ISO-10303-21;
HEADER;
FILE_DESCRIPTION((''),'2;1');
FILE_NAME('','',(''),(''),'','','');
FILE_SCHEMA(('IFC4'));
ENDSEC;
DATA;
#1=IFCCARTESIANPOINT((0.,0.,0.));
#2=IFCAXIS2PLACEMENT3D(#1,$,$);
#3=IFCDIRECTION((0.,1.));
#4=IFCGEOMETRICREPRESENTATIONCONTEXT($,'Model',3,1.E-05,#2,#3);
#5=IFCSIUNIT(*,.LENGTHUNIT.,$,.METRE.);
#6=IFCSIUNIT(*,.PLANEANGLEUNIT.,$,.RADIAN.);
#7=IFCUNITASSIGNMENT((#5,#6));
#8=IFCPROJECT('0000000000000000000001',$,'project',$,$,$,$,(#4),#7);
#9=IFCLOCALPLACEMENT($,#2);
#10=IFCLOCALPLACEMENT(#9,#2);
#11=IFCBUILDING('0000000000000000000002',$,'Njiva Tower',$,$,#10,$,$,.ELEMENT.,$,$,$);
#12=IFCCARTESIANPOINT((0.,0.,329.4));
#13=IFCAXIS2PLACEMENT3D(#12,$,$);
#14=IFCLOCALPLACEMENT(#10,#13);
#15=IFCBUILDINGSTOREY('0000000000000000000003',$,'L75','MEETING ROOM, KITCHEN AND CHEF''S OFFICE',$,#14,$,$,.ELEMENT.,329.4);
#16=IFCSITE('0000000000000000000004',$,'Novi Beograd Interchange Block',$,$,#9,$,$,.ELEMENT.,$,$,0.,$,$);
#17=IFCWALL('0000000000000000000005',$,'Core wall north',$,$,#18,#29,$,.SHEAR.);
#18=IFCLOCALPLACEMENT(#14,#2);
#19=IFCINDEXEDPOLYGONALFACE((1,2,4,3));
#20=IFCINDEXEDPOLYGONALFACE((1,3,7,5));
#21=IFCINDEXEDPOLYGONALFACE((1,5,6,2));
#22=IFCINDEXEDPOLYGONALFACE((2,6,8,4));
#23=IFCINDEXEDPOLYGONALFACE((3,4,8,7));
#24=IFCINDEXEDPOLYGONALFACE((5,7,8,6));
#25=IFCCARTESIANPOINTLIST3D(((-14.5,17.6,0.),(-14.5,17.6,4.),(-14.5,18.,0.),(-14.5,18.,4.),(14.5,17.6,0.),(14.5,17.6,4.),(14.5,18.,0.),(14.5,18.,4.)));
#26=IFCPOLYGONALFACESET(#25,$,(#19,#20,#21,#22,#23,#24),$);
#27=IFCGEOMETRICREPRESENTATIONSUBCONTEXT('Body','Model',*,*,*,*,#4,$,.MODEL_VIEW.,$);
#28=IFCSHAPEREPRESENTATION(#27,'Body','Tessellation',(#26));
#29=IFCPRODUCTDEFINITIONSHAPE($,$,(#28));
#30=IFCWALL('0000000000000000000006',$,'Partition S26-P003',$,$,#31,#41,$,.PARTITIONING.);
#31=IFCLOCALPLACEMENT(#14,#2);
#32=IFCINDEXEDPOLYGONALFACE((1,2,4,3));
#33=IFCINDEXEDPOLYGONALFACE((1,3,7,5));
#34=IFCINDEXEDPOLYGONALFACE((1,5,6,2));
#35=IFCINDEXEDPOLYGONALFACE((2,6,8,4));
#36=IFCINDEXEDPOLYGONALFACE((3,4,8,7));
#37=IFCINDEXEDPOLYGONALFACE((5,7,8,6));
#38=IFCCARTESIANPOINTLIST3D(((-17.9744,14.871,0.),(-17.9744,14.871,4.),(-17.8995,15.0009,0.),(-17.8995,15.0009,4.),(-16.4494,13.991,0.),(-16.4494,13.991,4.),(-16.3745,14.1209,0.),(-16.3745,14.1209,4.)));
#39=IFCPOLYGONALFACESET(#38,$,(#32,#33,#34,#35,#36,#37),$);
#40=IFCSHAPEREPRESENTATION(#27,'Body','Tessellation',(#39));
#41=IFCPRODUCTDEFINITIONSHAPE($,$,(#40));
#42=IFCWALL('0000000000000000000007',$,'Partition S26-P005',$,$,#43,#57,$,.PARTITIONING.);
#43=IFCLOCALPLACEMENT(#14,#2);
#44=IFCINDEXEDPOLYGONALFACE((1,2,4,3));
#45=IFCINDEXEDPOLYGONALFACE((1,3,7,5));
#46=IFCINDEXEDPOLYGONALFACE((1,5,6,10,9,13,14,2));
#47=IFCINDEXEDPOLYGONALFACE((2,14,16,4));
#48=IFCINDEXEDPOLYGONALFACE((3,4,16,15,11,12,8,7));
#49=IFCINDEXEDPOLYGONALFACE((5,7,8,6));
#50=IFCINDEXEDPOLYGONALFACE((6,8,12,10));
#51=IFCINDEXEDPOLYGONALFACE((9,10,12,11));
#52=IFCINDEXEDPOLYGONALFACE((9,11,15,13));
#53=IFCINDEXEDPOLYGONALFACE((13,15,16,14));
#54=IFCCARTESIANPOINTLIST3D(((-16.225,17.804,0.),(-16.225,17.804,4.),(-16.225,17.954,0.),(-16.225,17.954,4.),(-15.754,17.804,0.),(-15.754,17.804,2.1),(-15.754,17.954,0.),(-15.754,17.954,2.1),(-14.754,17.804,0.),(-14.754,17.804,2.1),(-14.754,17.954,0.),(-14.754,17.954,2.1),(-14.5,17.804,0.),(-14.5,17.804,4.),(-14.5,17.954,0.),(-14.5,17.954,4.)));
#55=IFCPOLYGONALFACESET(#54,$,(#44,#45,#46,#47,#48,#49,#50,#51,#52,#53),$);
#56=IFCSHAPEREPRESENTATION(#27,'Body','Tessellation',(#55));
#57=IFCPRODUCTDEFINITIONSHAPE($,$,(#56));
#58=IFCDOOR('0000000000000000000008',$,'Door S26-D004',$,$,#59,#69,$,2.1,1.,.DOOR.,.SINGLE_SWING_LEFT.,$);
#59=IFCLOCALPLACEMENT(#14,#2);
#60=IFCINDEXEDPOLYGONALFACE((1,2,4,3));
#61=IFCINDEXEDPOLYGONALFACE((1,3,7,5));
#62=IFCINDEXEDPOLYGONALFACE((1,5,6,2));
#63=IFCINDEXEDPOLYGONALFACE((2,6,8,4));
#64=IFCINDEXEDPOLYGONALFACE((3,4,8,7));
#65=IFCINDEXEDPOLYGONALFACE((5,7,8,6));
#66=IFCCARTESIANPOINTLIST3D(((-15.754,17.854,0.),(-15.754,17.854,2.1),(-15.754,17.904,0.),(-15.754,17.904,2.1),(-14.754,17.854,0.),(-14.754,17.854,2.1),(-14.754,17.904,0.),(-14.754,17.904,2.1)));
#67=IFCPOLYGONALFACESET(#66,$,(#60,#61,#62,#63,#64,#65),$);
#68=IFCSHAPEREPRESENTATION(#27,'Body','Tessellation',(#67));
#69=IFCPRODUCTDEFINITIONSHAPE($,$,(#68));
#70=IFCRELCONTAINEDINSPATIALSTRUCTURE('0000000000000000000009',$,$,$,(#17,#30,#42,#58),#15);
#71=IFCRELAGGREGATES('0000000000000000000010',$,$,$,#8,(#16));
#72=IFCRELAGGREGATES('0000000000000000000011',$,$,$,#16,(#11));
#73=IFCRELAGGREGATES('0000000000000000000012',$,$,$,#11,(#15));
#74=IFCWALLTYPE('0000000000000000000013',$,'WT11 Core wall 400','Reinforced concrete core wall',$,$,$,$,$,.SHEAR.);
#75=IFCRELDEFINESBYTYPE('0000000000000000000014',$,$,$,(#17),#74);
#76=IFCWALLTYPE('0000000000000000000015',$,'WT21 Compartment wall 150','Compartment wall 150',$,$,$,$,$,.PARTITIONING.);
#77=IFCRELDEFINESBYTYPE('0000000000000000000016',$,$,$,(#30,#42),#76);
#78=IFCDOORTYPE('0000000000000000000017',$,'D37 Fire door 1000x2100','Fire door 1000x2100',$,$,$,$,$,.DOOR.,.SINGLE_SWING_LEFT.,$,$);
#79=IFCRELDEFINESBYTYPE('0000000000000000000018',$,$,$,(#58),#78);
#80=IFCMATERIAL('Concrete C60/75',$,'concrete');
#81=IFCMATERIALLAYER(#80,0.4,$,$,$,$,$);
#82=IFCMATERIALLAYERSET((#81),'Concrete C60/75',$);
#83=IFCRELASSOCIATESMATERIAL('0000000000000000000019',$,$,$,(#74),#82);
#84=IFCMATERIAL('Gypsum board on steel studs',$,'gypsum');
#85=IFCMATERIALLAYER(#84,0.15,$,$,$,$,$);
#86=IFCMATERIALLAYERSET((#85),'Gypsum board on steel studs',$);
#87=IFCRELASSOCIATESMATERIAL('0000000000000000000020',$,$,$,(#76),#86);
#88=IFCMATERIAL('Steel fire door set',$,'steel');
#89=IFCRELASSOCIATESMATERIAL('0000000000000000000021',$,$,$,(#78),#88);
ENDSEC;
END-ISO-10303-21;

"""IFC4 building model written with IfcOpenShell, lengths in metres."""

from ifc_helpers import new_model, si_unit, direction, frame, frame_2d, origin, place, context, subcontext, project, spatial, rectangle, extrude, material, layer, layer_set, type_object, element, fill, save


model = new_model("IFC4")

# Units and contexts
model_context = context("Model", 3, precision=1e-05, world=origin(), true_north=direction((0.0, 1.0)))
body_context = subcontext(model_context, "Body", "Model", "MODEL_VIEW")
ifc_project = project(units=[si_unit("LENGTHUNIT", "METRE"), si_unit("PLANEANGLEUNIT", "RADIAN")], contexts=[model_context])

# Site, building, storey
site_placement = place(None, origin())
site = spatial("IfcSite", under=ifc_project, at=site_placement, Name="Novi Beograd Interchange Block", CompositionType="ELEMENT", RefElevation=0.0)
building_placement = place(site_placement, origin())
building = spatial("IfcBuilding", under=site, at=building_placement, Name="Njiva Tower", CompositionType="ELEMENT")
storey_placement = place(building_placement, frame((0.0, 0.0, 329.4)))
storey = spatial("IfcBuildingStorey", under=building, at=storey_placement, Name="L75", Description="MEETING ROOM, KITCHEN AND CHEF'S OFFICE", CompositionType="ELEMENT", Elevation=329.4)

# Walls
ifc_material_1 = material(Name="Concrete C60/75", Category="concrete")
ifc_layer_1 = layer(ifc_material_1, 0.4)
ifc_layer_set_1 = layer_set([ifc_layer_1], Name="Concrete C60/75")
wall_type_1 = type_object("IfcWallType", Name="WT11 Core wall 400", Description="Reinforced concrete core wall", PredefinedType="SHEAR", material=ifc_layer_set_1)
wall_1_placement = place(storey_placement, frame((-14.5, 17.8, 0.0), z_axis=(0.0, 0.0, 1.0), x_axis=(1.0, 0.0, 0.0)))
element("IfcWall", 1, at=wall_1_placement, inside=storey, type_object=wall_type_1, Name="Core wall north", PredefinedType="SHEAR", context=body_context, shape_type="SweptSolid", body=[
    extrude(rectangle(XDim=29.0, YDim=0.4, at=frame_2d((14.5, 0.0))), origin(), (0.0, 0.0, 1.0), 4.0),
])
ifc_material_2 = material(Name="Gypsum board on steel studs", Category="gypsum")
ifc_layer_2 = layer(ifc_material_2, 0.15)
ifc_layer_set_2 = layer_set([ifc_layer_2], Name="Gypsum board on steel studs")
wall_type_2 = type_object("IfcWallType", Name="WT21 Compartment wall 150", Description="Compartment wall 150", PredefinedType="PARTITIONING", material=ifc_layer_set_2)
wall_2_placement = place(storey_placement, frame((-17.937, 14.936, 0.0), z_axis=(0.0, 0.0, 1.0), x_axis=(0.866138, -0.499804, 0.0)))
element("IfcWall", 2, at=wall_2_placement, inside=storey, type_object=wall_type_2, Name="Partition S26-P003", PredefinedType="PARTITIONING", context=body_context, shape_type="SweptSolid", body=[
    extrude(rectangle(XDim=1.7607, YDim=0.15, at=frame_2d((0.8804, 0.0))), origin(), (0.0, 0.0, 1.0), 4.0),
])

# Wall, opening, door
wall_3_placement = place(storey_placement, frame((-16.225, 17.879, 0.0), z_axis=(0.0, 0.0, 1.0), x_axis=(1.0, 0.0, 0.0)))
wall_3 = element("IfcWall", 3, at=wall_3_placement, inside=storey, type_object=wall_type_2, Name="Partition S26-P005", PredefinedType="PARTITIONING", context=body_context, shape_type="SweptSolid", body=[
    extrude(rectangle(XDim=1.725, YDim=0.15, at=frame_2d((0.8625, 0.0))), origin(), (0.0, 0.0, 1.0), 4.0),
])
opening_1_placement = place(wall_3_placement, frame((0.471, 0.0, 0.0)))
opening_1 = element("IfcOpeningElement", 4, at=opening_1_placement, cuts=wall_3, PredefinedType="OPENING", context=body_context, shape_type="SweptSolid", body=[
    extrude(rectangle(XDim=1.0, YDim=2.1, at=frame_2d((0.5, 1.05))), frame((0.0, 0.085, 0.0), z_axis=(0.0, -1.0, 0.0), x_axis=(1.0, 0.0, 0.0)), (0.0, 0.0, 1.0), 0.17),
])
ifc_material_3 = material(Name="Steel fire door set", Category="steel")
door_type = type_object("IfcDoorType", Name="D37 Fire door 1000x2100", Description="Fire door 1000x2100", OperationType="SINGLE_SWING_LEFT", PredefinedType="DOOR", material=ifc_material_3)
door_placement = place(opening_1_placement, origin())
door = element("IfcDoor", 5, at=door_placement, inside=storey, type_object=door_type, Name="Door S26-D004", OperationType="SINGLE_SWING_LEFT", OverallHeight=2.1, OverallWidth=1.0, PredefinedType="DOOR", context=body_context, shape_type="SweptSolid", body=[
    extrude(rectangle(XDim=1.0, YDim=2.1, at=frame_2d((0.5, 1.05))), frame((0.0, 0.025, 0.0), z_axis=(0.0, -1.0, 0.0), x_axis=(1.0, 0.0, 0.0)), (0.0, 0.0, 1.0), 0.05),
])
fill(opening_1, door)

save(model, "model.ifc")
